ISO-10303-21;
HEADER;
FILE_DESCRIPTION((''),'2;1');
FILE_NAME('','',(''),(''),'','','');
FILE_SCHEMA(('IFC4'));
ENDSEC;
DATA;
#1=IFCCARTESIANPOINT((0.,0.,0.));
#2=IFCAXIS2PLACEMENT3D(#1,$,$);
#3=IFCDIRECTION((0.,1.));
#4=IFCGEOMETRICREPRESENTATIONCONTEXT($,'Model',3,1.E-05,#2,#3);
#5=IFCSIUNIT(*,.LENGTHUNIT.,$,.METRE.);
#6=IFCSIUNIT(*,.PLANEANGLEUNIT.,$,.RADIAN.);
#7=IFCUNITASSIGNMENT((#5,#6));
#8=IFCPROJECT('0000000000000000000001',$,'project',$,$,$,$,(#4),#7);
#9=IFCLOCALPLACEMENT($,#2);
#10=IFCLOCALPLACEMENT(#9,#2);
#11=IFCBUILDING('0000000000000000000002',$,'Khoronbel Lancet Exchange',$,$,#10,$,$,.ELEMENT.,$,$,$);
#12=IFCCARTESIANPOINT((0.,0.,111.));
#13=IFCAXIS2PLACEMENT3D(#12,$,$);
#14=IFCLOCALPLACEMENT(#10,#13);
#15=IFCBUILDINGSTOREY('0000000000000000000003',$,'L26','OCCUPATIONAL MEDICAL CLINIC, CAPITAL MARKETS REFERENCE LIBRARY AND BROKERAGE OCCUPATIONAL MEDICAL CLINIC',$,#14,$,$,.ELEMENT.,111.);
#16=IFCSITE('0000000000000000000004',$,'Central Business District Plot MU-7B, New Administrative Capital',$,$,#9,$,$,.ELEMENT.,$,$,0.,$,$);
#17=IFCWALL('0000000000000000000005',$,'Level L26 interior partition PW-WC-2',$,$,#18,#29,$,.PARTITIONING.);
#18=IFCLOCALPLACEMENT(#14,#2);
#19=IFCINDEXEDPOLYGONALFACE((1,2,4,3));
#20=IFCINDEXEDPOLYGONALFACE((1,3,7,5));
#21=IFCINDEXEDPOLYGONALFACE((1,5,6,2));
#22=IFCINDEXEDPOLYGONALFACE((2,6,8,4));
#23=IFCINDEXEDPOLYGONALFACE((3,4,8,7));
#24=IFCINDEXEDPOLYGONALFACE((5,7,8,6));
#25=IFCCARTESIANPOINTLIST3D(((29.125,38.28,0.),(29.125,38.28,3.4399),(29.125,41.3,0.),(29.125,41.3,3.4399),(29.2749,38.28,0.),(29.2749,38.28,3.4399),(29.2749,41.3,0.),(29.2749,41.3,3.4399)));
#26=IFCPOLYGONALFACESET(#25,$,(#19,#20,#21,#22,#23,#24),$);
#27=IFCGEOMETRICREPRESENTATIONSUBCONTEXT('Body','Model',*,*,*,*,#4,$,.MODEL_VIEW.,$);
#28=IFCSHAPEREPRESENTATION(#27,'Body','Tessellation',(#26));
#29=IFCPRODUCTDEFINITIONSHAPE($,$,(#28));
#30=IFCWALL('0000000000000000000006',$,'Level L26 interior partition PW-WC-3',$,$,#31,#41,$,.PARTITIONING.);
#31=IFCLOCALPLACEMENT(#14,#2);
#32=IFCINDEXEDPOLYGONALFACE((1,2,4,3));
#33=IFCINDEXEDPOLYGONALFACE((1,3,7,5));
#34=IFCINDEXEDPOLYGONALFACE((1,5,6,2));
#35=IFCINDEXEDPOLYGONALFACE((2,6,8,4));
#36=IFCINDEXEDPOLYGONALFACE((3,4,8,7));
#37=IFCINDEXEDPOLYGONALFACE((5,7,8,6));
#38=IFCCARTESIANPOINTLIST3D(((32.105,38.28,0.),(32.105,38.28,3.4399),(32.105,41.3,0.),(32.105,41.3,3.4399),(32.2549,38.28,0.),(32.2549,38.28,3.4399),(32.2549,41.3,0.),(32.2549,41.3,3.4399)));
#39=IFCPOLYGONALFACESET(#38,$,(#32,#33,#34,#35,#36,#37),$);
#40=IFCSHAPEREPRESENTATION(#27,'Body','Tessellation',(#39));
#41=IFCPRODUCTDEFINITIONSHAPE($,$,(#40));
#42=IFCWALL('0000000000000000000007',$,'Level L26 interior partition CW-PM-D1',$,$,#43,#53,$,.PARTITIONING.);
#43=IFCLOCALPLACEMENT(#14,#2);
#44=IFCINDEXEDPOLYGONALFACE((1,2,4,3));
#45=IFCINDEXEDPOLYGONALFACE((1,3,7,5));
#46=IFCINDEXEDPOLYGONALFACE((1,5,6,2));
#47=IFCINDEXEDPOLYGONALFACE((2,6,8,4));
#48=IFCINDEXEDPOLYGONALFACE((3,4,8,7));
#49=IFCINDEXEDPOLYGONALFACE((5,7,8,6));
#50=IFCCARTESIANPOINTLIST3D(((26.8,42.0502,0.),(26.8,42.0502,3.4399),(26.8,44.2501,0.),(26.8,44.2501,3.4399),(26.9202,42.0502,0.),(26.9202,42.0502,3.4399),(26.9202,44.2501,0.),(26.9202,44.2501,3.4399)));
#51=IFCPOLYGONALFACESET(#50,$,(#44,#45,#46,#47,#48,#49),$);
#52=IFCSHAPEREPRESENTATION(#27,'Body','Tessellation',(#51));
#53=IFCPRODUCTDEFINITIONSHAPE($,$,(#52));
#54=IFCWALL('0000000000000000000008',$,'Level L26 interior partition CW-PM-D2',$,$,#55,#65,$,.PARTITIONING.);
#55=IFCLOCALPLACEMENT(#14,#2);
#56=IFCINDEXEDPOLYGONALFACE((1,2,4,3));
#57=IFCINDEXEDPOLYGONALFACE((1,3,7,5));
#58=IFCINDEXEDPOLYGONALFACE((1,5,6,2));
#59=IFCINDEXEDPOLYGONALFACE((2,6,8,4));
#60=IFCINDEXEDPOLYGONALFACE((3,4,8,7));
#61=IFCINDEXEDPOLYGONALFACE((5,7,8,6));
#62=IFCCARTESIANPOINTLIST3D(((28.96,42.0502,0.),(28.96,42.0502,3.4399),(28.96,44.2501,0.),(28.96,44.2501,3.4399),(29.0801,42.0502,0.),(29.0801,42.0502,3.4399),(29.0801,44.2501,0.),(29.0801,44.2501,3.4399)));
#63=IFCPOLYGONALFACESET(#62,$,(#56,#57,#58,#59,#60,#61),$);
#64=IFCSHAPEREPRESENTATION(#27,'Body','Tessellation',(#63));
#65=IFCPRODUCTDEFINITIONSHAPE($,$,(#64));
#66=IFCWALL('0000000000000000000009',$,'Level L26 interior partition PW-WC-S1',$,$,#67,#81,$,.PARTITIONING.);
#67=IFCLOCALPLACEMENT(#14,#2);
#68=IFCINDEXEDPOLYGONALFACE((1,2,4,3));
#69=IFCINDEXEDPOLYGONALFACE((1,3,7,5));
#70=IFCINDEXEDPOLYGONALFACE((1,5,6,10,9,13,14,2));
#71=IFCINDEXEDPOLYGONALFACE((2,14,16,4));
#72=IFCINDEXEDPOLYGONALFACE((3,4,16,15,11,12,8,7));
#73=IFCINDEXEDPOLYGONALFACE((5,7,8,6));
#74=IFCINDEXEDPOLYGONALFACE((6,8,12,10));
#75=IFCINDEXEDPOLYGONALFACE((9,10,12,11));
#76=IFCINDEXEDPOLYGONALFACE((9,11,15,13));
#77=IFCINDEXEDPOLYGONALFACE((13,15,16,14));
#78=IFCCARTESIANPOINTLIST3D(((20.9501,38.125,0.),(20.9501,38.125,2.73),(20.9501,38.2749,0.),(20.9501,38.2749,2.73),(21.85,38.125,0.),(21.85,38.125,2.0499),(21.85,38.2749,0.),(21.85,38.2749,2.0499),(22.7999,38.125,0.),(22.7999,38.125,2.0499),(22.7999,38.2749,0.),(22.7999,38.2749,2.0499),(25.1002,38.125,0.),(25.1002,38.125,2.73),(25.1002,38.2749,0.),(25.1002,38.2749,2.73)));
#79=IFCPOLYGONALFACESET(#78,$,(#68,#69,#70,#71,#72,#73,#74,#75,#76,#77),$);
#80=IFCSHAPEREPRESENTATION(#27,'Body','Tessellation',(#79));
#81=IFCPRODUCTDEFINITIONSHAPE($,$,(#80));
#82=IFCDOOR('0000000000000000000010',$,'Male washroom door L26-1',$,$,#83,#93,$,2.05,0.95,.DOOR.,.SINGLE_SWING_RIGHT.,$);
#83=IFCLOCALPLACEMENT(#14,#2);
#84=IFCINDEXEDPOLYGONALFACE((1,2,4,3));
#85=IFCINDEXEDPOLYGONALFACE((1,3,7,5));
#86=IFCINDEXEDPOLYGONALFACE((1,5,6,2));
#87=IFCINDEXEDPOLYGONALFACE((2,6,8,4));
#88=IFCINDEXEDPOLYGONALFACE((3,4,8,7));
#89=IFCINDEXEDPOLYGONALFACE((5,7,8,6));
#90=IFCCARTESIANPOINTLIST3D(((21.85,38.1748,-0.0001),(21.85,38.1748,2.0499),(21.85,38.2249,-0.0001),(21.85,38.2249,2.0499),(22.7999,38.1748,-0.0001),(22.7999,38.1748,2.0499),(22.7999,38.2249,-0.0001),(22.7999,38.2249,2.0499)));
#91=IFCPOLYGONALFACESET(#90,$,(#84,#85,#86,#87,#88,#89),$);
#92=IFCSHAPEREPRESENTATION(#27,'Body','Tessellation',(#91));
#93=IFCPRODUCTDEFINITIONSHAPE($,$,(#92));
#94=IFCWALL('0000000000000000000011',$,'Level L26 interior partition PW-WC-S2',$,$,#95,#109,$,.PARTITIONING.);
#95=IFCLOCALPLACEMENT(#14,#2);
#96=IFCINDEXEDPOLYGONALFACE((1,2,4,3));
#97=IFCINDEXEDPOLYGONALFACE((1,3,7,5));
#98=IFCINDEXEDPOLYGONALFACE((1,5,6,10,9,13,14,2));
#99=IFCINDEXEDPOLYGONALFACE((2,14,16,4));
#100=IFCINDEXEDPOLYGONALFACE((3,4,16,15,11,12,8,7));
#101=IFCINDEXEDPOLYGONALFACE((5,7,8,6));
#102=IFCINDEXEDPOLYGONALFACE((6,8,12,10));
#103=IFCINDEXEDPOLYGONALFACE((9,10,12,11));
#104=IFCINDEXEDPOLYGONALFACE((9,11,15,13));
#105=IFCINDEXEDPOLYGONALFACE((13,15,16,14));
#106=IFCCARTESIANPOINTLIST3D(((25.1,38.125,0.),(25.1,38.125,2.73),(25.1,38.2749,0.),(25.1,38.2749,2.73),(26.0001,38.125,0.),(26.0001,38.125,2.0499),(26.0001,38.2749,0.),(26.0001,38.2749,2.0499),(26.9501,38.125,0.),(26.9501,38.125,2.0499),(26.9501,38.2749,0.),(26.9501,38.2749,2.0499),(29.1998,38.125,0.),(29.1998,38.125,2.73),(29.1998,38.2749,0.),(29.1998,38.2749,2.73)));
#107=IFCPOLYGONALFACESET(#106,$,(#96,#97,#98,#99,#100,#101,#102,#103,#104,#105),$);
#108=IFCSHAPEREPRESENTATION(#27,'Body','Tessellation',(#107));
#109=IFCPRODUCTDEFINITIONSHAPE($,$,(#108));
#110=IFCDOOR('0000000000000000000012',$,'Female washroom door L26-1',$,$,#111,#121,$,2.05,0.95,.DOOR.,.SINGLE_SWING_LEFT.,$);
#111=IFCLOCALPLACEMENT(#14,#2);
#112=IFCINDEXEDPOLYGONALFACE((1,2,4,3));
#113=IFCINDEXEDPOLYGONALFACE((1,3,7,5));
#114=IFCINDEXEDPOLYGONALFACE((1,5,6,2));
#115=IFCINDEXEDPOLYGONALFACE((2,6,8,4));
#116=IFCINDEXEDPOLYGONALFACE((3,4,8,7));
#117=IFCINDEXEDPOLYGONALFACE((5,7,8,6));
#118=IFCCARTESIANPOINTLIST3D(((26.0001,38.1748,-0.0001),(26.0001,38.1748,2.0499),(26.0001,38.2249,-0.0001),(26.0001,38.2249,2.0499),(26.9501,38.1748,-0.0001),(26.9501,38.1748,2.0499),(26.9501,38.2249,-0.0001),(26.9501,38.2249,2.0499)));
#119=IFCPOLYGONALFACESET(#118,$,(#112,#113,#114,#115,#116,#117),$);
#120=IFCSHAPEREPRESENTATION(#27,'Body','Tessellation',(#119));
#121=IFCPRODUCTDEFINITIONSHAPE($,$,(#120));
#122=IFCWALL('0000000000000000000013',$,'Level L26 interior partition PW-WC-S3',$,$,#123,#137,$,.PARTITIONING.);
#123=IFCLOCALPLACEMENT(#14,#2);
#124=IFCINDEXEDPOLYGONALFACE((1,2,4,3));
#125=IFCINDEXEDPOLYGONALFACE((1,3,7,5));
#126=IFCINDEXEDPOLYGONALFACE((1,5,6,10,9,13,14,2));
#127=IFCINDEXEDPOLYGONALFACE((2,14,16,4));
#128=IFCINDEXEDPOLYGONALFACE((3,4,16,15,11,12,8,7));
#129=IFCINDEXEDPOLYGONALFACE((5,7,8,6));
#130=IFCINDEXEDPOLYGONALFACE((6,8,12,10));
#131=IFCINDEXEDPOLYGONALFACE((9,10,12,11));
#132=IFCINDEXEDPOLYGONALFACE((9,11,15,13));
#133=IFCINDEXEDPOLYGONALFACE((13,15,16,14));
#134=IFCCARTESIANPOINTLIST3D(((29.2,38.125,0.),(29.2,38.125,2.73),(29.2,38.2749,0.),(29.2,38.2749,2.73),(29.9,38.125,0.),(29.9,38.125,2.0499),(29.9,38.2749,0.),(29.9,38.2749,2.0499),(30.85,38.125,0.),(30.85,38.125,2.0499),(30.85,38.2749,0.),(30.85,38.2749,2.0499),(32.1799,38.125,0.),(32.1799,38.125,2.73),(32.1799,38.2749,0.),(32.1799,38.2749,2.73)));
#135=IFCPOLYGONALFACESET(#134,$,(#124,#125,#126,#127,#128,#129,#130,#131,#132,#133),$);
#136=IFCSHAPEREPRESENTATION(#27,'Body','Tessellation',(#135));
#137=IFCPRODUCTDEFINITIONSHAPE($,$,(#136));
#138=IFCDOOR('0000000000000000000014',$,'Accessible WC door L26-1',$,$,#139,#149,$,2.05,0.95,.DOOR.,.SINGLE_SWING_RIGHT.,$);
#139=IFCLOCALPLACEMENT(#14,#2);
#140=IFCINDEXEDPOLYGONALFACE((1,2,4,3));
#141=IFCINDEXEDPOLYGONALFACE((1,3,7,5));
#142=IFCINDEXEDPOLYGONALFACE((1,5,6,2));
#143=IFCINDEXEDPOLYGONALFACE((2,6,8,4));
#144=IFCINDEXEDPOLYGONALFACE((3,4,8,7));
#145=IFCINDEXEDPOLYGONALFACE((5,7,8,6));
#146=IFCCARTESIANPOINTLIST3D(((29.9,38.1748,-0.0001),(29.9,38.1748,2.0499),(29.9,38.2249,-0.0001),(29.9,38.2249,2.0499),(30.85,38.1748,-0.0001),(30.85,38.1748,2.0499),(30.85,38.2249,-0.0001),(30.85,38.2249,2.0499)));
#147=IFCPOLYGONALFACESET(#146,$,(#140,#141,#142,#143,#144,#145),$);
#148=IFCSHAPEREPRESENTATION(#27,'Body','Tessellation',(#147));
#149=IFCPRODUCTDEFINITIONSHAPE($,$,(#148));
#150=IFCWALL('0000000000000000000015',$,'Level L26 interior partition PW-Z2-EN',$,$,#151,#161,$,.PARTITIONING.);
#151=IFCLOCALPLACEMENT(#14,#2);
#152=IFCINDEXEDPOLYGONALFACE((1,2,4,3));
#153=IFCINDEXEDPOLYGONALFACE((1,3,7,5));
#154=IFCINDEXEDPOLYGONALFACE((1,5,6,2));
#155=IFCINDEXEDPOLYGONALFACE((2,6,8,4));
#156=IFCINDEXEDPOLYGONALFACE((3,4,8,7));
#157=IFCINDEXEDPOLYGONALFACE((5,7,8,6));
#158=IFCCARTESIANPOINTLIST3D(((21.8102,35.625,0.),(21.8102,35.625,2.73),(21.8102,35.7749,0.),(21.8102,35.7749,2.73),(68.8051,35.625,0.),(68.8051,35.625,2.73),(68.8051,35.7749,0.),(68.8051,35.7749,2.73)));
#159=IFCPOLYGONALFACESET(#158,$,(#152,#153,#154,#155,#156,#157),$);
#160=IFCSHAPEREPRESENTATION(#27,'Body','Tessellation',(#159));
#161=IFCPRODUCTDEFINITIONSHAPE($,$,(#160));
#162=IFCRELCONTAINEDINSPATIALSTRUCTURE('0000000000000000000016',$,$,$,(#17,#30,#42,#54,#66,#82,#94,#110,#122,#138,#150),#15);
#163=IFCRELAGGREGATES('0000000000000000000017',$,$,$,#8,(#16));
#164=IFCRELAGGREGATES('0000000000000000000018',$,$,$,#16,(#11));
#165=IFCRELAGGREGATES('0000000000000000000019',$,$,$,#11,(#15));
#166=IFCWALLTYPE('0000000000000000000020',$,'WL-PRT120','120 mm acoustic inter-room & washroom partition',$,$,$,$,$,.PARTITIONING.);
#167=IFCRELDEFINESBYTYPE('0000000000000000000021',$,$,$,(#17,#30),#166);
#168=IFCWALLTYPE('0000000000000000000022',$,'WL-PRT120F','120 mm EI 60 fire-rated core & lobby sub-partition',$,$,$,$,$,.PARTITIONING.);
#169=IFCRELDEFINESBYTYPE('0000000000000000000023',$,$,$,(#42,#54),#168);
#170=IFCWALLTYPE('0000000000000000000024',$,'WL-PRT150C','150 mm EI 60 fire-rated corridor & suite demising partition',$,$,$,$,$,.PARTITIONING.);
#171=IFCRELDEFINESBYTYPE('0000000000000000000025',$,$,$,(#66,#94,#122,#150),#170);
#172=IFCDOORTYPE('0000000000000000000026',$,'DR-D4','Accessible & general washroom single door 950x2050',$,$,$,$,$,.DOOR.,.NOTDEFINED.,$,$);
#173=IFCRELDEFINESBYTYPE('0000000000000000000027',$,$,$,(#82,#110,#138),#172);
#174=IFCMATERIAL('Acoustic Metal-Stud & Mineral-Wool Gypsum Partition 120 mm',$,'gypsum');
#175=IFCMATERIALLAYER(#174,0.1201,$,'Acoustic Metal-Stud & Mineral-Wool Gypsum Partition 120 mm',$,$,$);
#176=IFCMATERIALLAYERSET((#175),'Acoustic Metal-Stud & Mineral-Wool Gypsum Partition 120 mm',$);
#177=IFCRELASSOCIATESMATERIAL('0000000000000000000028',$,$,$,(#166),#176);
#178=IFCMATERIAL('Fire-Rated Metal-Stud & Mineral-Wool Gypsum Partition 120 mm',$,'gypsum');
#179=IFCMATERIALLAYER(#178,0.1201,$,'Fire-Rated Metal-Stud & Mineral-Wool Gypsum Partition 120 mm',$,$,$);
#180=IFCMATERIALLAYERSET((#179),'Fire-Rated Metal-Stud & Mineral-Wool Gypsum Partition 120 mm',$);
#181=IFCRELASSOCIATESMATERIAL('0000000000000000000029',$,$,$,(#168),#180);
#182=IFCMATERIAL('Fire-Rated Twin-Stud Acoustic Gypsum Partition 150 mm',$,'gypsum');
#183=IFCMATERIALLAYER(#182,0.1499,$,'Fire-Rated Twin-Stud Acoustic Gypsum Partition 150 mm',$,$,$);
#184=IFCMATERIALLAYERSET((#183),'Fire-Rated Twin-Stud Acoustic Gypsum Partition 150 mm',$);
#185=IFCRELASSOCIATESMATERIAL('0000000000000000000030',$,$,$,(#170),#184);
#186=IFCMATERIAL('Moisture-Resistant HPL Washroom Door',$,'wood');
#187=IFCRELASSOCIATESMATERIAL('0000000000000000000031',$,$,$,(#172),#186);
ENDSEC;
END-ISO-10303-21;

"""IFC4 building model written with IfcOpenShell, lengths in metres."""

from ifc_helpers import new_model, si_unit, direction, frame, frame_2d, origin, place, context, subcontext, project, spatial, rectangle, extrude, material, layer, layer_set, type_object, element, fill, save


model = new_model("IFC4")

# Units and contexts
model_context = context("Model", 3, precision=1e-05, world=origin(), true_north=direction((0.0, 1.0)))
body_context = subcontext(model_context, "Body", "Model", "MODEL_VIEW")
ifc_project = project(units=[si_unit("LENGTHUNIT", "METRE"), si_unit("PLANEANGLEUNIT", "RADIAN")], contexts=[model_context])

# Site, building, storey
site_placement = place(None, origin())
site = spatial("IfcSite", under=ifc_project, at=site_placement, Name="Central Business District Plot MU-7B, New Administrative Capital", CompositionType="ELEMENT", RefElevation=0.0)
building_placement = place(site_placement, origin())
building = spatial("IfcBuilding", under=site, at=building_placement, Name="Khoronbel Lancet Exchange", CompositionType="ELEMENT")
storey_placement = place(building_placement, frame((0.0, 0.0, 111.0)))
storey = spatial("IfcBuildingStorey", under=building, at=storey_placement, Name="L26", Description="OCCUPATIONAL MEDICAL CLINIC, CAPITAL MARKETS REFERENCE LIBRARY AND BROKERAGE OCCUPATIONAL MEDICAL CLINIC", CompositionType="ELEMENT", Elevation=111.0)

# Walls
ifc_material_1 = material(Name="Acoustic Metal-Stud & Mineral-Wool Gypsum Partition 120 mm", Category="gypsum")
ifc_layer_1 = layer(ifc_material_1, 0.1201, Name="Acoustic Metal-Stud & Mineral-Wool Gypsum Partition 120 mm")
ifc_layer_set_1 = layer_set([ifc_layer_1], Name="Acoustic Metal-Stud & Mineral-Wool Gypsum Partition 120 mm")
wall_type_1 = type_object("IfcWallType", Name="WL-PRT120", Description="120 mm acoustic inter-room & washroom partition", PredefinedType="PARTITIONING", material=ifc_layer_set_1)
for number, where, z_axis, x_axis, name in (
    (1, (29.2, 38.28, 0.0), (0.0, 0.0, 1.0), (0.0, 1.0, 0.0), "Level L26 interior partition PW-WC-2"),
    (2, (32.1799, 38.28, 0.0), (0.0, 0.0, 1.0), (0.0, 1.0, 0.0), "Level L26 interior partition PW-WC-3"),
):
    element("IfcWall", number, at=place(storey_placement, frame(where, z_axis=z_axis, x_axis=x_axis)), inside=storey, type_object=wall_type_1, Name=name, PredefinedType="PARTITIONING", context=body_context, shape_type="SweptSolid", body=[
        extrude(rectangle(XDim=3.02, YDim=0.1499, at=frame_2d((1.51, 0.0))), origin(), (0.0, 0.0, 1.0), 3.4399),
    ])
ifc_material_2 = material(Name="Fire-Rated Metal-Stud & Mineral-Wool Gypsum Partition 120 mm", Category="gypsum")
ifc_layer_2 = layer(ifc_material_2, 0.1201, Name="Fire-Rated Metal-Stud & Mineral-Wool Gypsum Partition 120 mm")
ifc_layer_set_2 = layer_set([ifc_layer_2], Name="Fire-Rated Metal-Stud & Mineral-Wool Gypsum Partition 120 mm")
wall_type_2 = type_object("IfcWallType", Name="WL-PRT120F", Description="120 mm EI 60 fire-rated core & lobby sub-partition", PredefinedType="PARTITIONING", material=ifc_layer_set_2)
for number, where, z_axis, x_axis, name in (
    (3, (26.8601, 42.05, 0.0), (0.0, 0.0, 1.0), (0.0, 1.0, 0.0), "Level L26 interior partition CW-PM-D1"),
    (4, (29.02, 42.05, 0.0), (0.0, 0.0, 1.0), (0.0, 1.0, 0.0), "Level L26 interior partition CW-PM-D2"),
):
    element("IfcWall", number, at=place(storey_placement, frame(where, z_axis=z_axis, x_axis=x_axis)), inside=storey, type_object=wall_type_2, Name=name, PredefinedType="PARTITIONING", context=body_context, shape_type="SweptSolid", body=[
        extrude(rectangle(XDim=2.2, YDim=0.1201, at=frame_2d((1.1001, 0.0))), origin(), (0.0, 0.0, 1.0), 3.4399),
    ])

# Walls, openings, doors
ifc_material_3 = material(Name="Fire-Rated Twin-Stud Acoustic Gypsum Partition 150 mm", Category="gypsum")
ifc_layer_3 = layer(ifc_material_3, 0.1499, Name="Fire-Rated Twin-Stud Acoustic Gypsum Partition 150 mm")
ifc_layer_set_3 = layer_set([ifc_layer_3], Name="Fire-Rated Twin-Stud Acoustic Gypsum Partition 150 mm")
wall_type_3 = type_object("IfcWallType", Name="WL-PRT150C", Description="150 mm EI 60 fire-rated corridor & suite demising partition", PredefinedType="PARTITIONING", material=ifc_layer_set_3)
wall_1_placement = place(storey_placement, frame((20.95, 38.2, 0.0), z_axis=(0.0, 0.0, 1.0), x_axis=(1.0, 0.0, 0.0)))
wall_1 = element("IfcWall", 5, at=wall_1_placement, inside=storey, type_object=wall_type_3, Name="Level L26 interior partition PW-WC-S1", PredefinedType="PARTITIONING", context=body_context, shape_type="SweptSolid", body=[
    extrude(rectangle(XDim=4.1501, YDim=0.1499, at=frame_2d((2.0752, 0.0))), origin(), (0.0, 0.0, 1.0), 2.73),
])
opening_1_placement = place(wall_1_placement, frame((0.8999, 0.0, 0.0)))
opening_1 = element("IfcOpeningElement", 6, at=opening_1_placement, cuts=wall_1, PredefinedType="OPENING", context=body_context, shape_type="SweptSolid", body=[
    extrude(rectangle(XDim=0.95, YDim=2.05, at=frame_2d((0.4751, 1.0249))), frame((0.0, 0.085, 0.0), z_axis=(0.0, -1.0, 0.0), x_axis=(1.0, 0.0, 0.0)), (0.0, 0.0, 1.0), 0.1699),
])
ifc_material_4 = material(Name="Moisture-Resistant HPL Washroom Door", Category="wood")
door_type_1 = type_object("IfcDoorType", Name="DR-D4", Description="Accessible & general washroom single door 950x2050", OperationType="NOTDEFINED", PredefinedType="DOOR", material=ifc_material_4)
door_1_placement = place(opening_1_placement, origin())
door_1 = element("IfcDoor", 7, at=door_1_placement, inside=storey, type_object=door_type_1, Name="Male washroom door L26-1", OperationType="SINGLE_SWING_RIGHT", OverallHeight=2.05, OverallWidth=0.95, PredefinedType="DOOR", context=body_context, shape_type="SweptSolid", body=[
    extrude(rectangle(XDim=0.95, YDim=2.05, at=frame_2d((0.4751, 1.0249))), frame((0.0, 0.0249, 0.0), z_axis=(0.0, -1.0, 0.0), x_axis=(1.0, 0.0, 0.0)), (0.0, 0.0, 1.0), 0.05),
])
fill(opening_1, door_1)
wall_2_placement = place(storey_placement, frame((25.1001, 38.2, 0.0), z_axis=(0.0, 0.0, 1.0), x_axis=(1.0, 0.0, 0.0)))
wall_2 = element("IfcWall", 8, at=wall_2_placement, inside=storey, type_object=wall_type_3, Name="Level L26 interior partition PW-WC-S2", PredefinedType="PARTITIONING", context=body_context, shape_type="SweptSolid", body=[
    extrude(rectangle(XDim=4.0999, YDim=0.1499, at=frame_2d((2.0498, 0.0))), origin(), (0.0, 0.0, 1.0), 2.73),
])
opening_2_placement = place(wall_2_placement, frame((0.8999, 0.0, 0.0)))
opening_2 = element("IfcOpeningElement", 9, at=opening_2_placement, cuts=wall_2, PredefinedType="OPENING", context=body_context, shape_type="SweptSolid", body=[
    extrude(rectangle(XDim=0.95, YDim=2.05, at=frame_2d((0.4751, 1.0249))), frame((0.0, 0.085, 0.0), z_axis=(0.0, -1.0, 0.0), x_axis=(1.0, 0.0, 0.0)), (0.0, 0.0, 1.0), 0.1699),
])
door_2_placement = place(opening_2_placement, origin())
door_2 = element("IfcDoor", 10, at=door_2_placement, inside=storey, type_object=door_type_1, Name="Female washroom door L26-1", OperationType="SINGLE_SWING_LEFT", OverallHeight=2.05, OverallWidth=0.95, PredefinedType="DOOR", context=body_context, shape_type="SweptSolid", body=[
    extrude(rectangle(XDim=0.95, YDim=2.05, at=frame_2d((0.4751, 1.0249))), frame((0.0, 0.0249, 0.0), z_axis=(0.0, -1.0, 0.0), x_axis=(1.0, 0.0, 0.0)), (0.0, 0.0, 1.0), 0.05),
])
fill(opening_2, door_2)
wall_3_placement = place(storey_placement, frame((29.2, 38.2, 0.0), z_axis=(0.0, 0.0, 1.0), x_axis=(1.0, 0.0, 0.0)))
wall_3 = element("IfcWall", 11, at=wall_3_placement, inside=storey, type_object=wall_type_3, Name="Level L26 interior partition PW-WC-S3", PredefinedType="PARTITIONING", context=body_context, shape_type="SweptSolid", body=[
    extrude(rectangle(XDim=2.98, YDim=0.1499, at=frame_2d((1.49, 0.0))), origin(), (0.0, 0.0, 1.0), 2.73),
])
opening_3_placement = place(wall_3_placement, frame((0.7, 0.0, 0.0)))
opening_3 = element("IfcOpeningElement", 12, at=opening_3_placement, cuts=wall_3, PredefinedType="OPENING", context=body_context, shape_type="SweptSolid", body=[
    extrude(rectangle(XDim=0.95, YDim=2.05, at=frame_2d((0.4751, 1.0249))), frame((0.0, 0.085, 0.0), z_axis=(0.0, -1.0, 0.0), x_axis=(1.0, 0.0, 0.0)), (0.0, 0.0, 1.0), 0.1699),
])
door_3_placement = place(opening_3_placement, origin())
door_3 = element("IfcDoor", 13, at=door_3_placement, inside=storey, type_object=door_type_1, Name="Accessible WC door L26-1", OperationType="SINGLE_SWING_RIGHT", OverallHeight=2.05, OverallWidth=0.95, PredefinedType="DOOR", context=body_context, shape_type="SweptSolid", body=[
    extrude(rectangle(XDim=0.95, YDim=2.05, at=frame_2d((0.4751, 1.0249))), frame((0.0, 0.0249, 0.0), z_axis=(0.0, -1.0, 0.0), x_axis=(1.0, 0.0, 0.0)), (0.0, 0.0, 1.0), 0.05),
])
fill(opening_3, door_3)

# Wall
wall_4_placement = place(storey_placement, frame((21.8101, 35.7, 0.0), z_axis=(0.0, 0.0, 1.0), x_axis=(1.0, 0.0, 0.0)))
element("IfcWall", 14, at=wall_4_placement, inside=storey, type_object=wall_type_3, Name="Level L26 interior partition PW-Z2-EN", PredefinedType="PARTITIONING", context=body_context, shape_type="SweptSolid", body=[
    extrude(rectangle(XDim=46.9949, YDim=0.1499, at=frame_2d((23.4976, 0.0))), origin(), (0.0, 0.0, 1.0), 2.73),
])

save(model, "model.ifc")
